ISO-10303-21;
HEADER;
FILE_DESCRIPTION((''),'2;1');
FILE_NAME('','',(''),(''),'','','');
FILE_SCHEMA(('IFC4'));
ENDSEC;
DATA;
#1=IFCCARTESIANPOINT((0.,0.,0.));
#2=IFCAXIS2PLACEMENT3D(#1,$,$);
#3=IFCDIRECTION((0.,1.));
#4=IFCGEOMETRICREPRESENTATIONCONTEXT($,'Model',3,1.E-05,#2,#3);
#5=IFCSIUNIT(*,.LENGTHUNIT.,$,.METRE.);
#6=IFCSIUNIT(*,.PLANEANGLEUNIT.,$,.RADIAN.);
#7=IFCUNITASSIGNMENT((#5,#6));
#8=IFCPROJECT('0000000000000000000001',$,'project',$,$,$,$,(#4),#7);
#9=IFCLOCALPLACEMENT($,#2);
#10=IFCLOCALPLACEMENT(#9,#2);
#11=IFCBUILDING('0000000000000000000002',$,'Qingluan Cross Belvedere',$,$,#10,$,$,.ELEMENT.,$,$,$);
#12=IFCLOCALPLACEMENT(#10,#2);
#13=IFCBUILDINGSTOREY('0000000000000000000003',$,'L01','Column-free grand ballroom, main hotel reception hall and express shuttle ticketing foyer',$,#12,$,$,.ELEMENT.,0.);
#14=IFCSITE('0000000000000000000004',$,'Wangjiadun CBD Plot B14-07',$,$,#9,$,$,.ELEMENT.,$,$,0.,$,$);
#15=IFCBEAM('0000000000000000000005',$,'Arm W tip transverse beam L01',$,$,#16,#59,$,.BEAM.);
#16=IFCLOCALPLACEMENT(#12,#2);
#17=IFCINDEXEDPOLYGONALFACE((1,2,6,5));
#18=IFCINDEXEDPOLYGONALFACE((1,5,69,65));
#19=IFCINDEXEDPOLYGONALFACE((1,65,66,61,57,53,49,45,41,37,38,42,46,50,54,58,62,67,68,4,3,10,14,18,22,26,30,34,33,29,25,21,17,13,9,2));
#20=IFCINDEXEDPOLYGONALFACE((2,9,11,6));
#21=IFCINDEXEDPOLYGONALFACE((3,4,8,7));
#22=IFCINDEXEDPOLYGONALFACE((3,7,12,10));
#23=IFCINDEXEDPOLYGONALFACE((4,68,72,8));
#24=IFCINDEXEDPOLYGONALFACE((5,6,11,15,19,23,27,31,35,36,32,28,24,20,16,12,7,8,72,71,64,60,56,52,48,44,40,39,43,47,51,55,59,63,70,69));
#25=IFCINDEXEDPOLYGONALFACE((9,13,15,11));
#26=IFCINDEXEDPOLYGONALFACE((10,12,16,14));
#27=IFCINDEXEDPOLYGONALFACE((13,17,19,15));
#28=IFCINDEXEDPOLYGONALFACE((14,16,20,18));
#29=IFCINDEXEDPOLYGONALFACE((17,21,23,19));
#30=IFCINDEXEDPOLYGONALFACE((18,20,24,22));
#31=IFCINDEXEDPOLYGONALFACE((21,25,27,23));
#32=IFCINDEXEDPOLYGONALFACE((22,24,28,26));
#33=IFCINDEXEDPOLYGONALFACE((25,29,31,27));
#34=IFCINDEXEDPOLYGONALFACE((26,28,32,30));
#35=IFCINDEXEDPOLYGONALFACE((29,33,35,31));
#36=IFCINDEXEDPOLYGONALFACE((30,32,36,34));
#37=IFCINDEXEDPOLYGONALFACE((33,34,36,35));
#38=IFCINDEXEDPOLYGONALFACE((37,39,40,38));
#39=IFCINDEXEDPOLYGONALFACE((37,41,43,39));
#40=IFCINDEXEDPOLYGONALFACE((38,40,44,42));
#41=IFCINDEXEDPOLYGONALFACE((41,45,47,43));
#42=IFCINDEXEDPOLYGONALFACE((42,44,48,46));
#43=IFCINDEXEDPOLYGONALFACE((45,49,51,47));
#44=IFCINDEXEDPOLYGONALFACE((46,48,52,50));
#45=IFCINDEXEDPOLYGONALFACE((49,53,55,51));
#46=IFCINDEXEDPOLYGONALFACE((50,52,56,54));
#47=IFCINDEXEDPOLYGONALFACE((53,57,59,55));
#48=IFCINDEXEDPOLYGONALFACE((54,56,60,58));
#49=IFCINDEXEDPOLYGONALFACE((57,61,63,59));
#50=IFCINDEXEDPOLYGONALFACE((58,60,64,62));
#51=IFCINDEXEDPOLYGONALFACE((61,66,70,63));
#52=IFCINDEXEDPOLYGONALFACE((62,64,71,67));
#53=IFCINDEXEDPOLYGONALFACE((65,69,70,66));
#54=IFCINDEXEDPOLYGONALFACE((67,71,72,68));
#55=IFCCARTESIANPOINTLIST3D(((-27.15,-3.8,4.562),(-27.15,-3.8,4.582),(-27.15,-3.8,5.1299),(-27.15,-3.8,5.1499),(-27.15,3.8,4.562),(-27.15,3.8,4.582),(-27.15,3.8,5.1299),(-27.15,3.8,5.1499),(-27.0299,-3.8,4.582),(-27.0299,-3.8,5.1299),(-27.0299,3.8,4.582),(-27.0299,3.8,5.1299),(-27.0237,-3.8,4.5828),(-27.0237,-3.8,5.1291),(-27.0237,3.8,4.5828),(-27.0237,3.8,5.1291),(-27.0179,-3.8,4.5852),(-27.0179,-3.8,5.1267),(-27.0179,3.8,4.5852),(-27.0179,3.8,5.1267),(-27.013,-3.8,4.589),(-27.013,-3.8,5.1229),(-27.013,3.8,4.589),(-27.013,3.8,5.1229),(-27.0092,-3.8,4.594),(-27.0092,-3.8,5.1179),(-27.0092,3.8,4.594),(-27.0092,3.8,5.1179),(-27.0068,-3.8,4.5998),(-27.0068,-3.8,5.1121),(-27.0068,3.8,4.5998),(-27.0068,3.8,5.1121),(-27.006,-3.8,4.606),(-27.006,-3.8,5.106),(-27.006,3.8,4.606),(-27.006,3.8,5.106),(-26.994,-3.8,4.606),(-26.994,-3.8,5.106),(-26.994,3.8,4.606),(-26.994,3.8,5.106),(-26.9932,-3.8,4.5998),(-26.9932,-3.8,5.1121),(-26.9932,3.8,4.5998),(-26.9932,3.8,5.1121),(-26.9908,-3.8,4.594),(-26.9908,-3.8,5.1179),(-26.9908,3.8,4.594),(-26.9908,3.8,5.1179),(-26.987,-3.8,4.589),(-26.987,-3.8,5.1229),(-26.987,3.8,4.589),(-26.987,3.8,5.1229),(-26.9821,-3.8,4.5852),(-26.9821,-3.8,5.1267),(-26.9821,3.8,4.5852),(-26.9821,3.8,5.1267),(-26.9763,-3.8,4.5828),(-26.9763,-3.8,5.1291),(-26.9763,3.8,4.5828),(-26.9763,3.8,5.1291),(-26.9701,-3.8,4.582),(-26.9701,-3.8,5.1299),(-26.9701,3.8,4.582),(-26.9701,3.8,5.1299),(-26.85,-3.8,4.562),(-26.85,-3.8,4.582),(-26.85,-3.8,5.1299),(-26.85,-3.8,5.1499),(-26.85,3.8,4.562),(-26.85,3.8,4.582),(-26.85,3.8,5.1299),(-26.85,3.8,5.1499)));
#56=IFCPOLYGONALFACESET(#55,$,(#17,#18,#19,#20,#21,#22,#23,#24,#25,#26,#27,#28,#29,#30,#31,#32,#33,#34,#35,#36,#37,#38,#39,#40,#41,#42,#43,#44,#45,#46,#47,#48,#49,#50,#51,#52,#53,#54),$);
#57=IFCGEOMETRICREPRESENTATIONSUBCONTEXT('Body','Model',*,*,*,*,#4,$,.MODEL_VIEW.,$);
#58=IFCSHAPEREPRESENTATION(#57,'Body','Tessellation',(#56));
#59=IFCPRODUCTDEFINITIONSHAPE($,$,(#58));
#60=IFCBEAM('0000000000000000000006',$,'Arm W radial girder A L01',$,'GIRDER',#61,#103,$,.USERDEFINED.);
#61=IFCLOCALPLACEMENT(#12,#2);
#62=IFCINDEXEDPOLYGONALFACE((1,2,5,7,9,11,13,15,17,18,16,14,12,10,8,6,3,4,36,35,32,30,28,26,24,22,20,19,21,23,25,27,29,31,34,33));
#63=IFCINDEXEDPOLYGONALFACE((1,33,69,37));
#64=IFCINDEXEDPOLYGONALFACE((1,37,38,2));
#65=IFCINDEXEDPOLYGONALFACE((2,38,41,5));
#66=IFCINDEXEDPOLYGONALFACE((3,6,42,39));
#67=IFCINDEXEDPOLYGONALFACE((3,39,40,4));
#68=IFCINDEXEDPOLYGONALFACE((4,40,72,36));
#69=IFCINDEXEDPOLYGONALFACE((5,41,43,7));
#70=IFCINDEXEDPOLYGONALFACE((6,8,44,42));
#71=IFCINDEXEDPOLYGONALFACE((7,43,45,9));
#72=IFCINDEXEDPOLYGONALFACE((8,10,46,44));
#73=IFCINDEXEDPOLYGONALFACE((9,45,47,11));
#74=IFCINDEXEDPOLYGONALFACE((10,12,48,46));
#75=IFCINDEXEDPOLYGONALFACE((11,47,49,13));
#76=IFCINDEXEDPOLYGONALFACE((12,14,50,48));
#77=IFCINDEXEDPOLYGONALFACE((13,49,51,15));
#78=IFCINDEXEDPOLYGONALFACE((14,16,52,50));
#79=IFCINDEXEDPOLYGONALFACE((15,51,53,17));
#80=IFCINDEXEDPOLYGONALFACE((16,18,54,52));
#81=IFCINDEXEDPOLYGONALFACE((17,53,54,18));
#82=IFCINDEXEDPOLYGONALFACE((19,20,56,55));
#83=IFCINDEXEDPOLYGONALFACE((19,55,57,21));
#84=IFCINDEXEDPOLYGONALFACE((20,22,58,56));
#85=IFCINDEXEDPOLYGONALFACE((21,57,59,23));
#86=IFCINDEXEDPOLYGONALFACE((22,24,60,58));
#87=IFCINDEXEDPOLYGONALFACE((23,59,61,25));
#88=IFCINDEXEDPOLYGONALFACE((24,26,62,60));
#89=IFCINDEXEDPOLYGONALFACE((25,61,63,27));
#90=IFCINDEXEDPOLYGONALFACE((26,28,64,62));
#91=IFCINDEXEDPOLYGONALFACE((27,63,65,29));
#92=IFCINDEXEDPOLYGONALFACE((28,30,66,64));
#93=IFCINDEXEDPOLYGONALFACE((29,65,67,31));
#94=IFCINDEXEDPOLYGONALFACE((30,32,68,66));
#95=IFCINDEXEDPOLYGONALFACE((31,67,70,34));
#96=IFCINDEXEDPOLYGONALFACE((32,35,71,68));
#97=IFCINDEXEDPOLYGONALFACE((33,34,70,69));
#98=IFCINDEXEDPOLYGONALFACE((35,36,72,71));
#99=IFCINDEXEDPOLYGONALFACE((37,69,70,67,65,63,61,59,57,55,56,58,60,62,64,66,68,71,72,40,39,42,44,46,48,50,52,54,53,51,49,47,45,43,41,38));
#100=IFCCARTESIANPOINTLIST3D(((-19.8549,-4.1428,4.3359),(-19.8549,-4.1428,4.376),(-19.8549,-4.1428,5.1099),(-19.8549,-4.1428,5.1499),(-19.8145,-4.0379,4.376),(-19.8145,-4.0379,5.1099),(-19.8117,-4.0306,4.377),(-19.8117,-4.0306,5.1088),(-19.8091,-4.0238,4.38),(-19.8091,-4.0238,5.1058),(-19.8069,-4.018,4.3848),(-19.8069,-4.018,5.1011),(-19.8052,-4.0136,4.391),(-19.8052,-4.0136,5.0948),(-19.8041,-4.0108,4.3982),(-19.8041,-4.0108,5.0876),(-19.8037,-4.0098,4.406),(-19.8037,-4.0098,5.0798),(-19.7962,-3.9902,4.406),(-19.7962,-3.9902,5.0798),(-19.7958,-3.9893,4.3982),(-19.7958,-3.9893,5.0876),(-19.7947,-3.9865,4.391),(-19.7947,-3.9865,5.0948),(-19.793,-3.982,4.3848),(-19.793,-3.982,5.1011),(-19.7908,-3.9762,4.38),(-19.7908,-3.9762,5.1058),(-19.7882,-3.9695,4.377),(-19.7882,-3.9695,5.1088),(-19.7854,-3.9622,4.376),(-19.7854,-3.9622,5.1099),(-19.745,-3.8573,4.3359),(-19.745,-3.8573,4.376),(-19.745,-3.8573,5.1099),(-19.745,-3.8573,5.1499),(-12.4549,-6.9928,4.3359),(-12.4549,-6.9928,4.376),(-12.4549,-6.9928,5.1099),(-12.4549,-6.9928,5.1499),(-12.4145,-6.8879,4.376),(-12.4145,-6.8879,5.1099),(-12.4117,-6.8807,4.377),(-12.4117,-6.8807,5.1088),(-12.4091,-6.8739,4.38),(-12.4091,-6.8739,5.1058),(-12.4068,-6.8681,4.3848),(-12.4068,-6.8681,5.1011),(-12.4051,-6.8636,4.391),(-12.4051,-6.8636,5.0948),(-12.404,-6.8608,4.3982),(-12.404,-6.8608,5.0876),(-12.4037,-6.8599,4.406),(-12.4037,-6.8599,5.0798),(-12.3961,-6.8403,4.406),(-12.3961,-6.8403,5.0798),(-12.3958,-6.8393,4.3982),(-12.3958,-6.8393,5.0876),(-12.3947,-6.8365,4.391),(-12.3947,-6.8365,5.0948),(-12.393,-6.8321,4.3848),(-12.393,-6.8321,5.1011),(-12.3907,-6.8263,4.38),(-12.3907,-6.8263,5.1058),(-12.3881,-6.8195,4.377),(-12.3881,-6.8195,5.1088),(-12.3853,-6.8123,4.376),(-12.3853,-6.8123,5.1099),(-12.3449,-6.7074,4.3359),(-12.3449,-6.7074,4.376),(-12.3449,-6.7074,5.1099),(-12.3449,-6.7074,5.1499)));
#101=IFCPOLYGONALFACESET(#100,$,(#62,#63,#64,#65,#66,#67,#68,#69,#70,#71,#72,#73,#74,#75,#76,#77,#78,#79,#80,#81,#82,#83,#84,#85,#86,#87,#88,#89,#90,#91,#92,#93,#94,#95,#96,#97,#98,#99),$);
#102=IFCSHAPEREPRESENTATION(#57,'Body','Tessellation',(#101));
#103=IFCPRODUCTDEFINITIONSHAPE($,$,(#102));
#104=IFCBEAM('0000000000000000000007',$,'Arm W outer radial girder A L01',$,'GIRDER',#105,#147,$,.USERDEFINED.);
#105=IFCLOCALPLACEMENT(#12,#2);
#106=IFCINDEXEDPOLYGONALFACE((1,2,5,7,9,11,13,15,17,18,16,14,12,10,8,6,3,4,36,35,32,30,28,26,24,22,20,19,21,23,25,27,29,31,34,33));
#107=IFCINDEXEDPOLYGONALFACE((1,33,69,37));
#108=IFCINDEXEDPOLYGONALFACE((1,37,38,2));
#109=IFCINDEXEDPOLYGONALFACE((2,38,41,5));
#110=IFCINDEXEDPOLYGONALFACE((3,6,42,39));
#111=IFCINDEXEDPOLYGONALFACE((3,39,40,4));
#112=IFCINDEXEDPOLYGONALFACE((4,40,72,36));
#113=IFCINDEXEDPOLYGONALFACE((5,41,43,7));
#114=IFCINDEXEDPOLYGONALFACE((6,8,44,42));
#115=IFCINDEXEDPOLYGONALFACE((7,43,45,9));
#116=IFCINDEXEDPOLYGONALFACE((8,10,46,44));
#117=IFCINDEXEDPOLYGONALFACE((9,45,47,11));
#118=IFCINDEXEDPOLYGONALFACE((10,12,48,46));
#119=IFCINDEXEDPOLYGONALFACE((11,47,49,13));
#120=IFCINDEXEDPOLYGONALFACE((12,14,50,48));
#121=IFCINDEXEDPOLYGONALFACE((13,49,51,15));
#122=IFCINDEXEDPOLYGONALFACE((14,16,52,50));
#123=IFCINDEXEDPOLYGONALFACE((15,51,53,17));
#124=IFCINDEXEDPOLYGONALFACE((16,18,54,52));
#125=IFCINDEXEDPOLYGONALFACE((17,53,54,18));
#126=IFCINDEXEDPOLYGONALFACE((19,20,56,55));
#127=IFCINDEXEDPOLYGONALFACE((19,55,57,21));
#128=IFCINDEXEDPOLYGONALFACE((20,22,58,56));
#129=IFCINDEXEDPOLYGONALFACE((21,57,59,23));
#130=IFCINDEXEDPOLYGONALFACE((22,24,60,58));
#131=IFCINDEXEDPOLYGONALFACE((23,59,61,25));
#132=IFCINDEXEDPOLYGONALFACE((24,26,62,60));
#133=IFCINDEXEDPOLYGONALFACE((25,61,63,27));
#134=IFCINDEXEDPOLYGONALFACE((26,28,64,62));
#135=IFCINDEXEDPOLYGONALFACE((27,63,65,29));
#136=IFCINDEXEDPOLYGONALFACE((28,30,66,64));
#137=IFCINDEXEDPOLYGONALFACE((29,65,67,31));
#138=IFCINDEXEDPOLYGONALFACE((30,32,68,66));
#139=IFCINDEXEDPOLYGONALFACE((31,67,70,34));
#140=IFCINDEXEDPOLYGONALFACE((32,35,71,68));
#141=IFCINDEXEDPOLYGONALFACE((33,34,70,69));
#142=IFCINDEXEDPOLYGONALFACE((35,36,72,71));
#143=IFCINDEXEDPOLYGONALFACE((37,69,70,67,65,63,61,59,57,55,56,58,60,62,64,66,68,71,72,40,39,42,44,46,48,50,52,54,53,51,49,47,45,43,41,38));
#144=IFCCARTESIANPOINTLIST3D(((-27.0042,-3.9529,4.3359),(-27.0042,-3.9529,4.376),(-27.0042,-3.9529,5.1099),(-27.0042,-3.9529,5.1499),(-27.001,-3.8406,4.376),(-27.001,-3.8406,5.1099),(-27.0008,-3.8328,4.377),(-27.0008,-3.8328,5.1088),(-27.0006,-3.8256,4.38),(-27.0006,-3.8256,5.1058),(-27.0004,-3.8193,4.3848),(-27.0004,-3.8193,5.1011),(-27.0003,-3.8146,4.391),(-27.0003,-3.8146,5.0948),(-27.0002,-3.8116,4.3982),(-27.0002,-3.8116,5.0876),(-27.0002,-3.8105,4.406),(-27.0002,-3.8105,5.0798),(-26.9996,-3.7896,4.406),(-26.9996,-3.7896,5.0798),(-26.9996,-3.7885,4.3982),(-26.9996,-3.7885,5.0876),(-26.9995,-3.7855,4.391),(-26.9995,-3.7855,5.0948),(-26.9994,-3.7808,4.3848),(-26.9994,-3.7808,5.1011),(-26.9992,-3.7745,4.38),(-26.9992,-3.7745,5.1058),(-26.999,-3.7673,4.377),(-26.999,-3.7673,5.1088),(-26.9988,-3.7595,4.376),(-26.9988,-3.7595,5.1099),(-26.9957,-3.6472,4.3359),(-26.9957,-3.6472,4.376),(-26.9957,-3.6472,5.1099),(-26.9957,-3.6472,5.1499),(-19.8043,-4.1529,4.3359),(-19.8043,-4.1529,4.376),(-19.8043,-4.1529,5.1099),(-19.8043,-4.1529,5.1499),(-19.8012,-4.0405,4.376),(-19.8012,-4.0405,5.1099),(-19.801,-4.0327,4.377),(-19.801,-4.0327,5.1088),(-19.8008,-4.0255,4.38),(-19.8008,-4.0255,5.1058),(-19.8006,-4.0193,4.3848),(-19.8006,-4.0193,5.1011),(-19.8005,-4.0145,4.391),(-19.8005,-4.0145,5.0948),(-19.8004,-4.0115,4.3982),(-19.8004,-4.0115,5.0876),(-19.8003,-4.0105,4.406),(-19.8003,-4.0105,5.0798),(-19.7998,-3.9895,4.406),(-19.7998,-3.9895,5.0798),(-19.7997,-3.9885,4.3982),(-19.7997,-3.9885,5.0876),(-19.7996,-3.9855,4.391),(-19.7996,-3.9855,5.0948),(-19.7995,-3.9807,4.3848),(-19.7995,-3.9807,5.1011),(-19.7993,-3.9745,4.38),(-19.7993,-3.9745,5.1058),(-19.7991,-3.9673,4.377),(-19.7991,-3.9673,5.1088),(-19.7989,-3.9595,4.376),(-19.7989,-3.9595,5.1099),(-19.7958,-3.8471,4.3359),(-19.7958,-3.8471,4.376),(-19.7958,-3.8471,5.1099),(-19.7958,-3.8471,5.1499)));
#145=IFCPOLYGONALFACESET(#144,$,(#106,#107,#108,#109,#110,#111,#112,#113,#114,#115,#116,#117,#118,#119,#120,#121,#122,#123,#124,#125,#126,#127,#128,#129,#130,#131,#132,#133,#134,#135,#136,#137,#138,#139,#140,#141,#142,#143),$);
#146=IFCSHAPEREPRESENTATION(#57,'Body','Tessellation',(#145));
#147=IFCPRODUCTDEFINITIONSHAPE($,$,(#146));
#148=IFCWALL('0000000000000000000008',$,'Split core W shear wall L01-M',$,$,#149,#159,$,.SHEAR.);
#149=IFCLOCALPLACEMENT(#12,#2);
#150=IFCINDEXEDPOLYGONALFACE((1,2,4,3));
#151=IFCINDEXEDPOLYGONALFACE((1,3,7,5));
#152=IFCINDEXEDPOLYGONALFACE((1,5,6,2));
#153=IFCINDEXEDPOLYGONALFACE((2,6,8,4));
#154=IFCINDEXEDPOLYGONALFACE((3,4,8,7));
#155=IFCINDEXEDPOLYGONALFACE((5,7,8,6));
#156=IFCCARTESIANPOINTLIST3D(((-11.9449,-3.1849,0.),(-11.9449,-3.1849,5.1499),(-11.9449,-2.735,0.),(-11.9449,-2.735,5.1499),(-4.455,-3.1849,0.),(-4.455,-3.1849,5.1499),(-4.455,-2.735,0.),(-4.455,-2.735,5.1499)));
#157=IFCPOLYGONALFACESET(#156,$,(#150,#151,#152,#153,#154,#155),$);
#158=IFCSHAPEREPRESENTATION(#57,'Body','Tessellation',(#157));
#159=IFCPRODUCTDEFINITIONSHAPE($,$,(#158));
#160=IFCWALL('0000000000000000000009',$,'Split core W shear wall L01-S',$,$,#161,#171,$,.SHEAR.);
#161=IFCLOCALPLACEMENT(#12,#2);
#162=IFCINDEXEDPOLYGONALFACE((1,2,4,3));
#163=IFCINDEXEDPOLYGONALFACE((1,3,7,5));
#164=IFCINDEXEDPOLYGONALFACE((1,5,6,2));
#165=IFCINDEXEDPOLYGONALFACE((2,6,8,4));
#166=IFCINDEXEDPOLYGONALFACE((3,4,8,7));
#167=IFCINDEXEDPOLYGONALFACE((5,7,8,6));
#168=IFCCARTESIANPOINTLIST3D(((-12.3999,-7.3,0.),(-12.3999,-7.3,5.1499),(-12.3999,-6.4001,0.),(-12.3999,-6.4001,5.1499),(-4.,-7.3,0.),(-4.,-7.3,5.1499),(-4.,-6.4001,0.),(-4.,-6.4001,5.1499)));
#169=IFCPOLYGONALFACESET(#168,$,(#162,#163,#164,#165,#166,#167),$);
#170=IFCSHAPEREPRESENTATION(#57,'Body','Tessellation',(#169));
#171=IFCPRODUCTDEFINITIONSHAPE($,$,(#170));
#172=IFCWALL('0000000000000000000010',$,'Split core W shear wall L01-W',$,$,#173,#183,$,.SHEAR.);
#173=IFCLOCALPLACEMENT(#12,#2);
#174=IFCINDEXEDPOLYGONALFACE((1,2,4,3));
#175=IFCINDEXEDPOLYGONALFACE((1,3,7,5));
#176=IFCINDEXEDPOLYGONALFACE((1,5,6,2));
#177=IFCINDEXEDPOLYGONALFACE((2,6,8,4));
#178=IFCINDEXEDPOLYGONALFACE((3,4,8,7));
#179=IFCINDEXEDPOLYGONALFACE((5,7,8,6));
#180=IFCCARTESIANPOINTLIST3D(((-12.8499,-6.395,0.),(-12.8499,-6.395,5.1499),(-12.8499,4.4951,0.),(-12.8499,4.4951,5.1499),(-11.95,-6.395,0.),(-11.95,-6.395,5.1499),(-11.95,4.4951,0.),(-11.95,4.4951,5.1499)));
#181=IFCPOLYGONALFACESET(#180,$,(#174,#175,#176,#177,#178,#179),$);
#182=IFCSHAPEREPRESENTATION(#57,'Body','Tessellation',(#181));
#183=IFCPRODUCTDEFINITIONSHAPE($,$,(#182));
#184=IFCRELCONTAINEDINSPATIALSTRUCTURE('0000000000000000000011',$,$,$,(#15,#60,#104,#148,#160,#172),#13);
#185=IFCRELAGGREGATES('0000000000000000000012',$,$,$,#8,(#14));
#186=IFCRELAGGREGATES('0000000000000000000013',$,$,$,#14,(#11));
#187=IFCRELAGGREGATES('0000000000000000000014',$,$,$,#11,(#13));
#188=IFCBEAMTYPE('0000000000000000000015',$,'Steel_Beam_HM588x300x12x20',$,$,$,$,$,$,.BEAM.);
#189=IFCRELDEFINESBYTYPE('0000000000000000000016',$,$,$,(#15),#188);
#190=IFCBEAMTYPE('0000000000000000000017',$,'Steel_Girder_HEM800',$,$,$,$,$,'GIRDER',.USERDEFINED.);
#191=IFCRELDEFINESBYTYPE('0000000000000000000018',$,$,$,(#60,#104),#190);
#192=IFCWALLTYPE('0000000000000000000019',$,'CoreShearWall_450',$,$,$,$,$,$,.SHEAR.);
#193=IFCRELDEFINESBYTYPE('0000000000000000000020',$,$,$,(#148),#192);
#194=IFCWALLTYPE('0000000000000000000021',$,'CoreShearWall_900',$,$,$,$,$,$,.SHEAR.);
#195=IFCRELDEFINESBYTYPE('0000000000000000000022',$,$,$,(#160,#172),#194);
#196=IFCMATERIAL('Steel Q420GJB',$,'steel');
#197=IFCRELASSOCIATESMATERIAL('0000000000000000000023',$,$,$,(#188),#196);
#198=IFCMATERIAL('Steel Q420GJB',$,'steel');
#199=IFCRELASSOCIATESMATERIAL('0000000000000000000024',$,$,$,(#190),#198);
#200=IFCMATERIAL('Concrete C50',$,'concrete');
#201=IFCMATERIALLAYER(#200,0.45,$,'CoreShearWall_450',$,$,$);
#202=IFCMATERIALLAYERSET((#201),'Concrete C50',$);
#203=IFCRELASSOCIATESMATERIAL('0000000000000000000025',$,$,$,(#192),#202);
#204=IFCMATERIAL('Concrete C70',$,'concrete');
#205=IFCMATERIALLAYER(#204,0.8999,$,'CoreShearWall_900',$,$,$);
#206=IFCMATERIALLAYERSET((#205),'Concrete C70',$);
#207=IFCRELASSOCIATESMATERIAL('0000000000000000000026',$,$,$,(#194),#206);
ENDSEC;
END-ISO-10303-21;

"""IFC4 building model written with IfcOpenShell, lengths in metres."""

from ifc_helpers import new_model, si_unit, direction, frame, frame_2d, origin, origin_2d, place, context, subcontext, project, spatial, rectangle, i_section, extrude, material, layer, layer_set, material_profile, profile_set, type_object, element, save


model = new_model("IFC4")

# Units and contexts
model_context = context("Model", 3, precision=1e-05, world=origin(), true_north=direction((0.0, 1.0)))
body_context = subcontext(model_context, "Body", "Model", "MODEL_VIEW")
ifc_project = project(units=[si_unit("LENGTHUNIT", "METRE"), si_unit("PLANEANGLEUNIT", "RADIAN")], contexts=[model_context])

# Site, building, storey
site_placement = place(None, origin())
site = spatial("IfcSite", under=ifc_project, at=site_placement, Name="Wangjiadun CBD Plot B14-07", CompositionType="ELEMENT", RefElevation=0.0)
building_placement = place(site_placement, origin())
building = spatial("IfcBuilding", under=site, at=building_placement, Name="Qingluan Cross Belvedere", CompositionType="ELEMENT")
storey_placement = place(building_placement, origin())
storey = spatial("IfcBuildingStorey", under=building, at=storey_placement, Name="L01", Description="Column-free grand ballroom, main hotel reception hall and express shuttle ticketing foyer", CompositionType="ELEMENT", Elevation=0.0)

# Beams
ifc_material_1 = material(Name="Steel Q420GJB", Category="steel")
ifc_material_profile_1 = material_profile(ifc_material_1, i_section(OverallWidth=0.3, OverallDepth=0.5879, WebThickness=0.012, FlangeThickness=0.02, FilletRadius=0.0239, at=origin_2d()), Name="HM588x300x12x20")
ifc_profile_set_1 = profile_set([ifc_material_profile_1], Name="Steel Q420GJB")
beam_type_1 = type_object("IfcBeamType", Name="Steel_Beam_HM588x300x12x20", PredefinedType="BEAM", material=ifc_profile_set_1)
beam_1_placement = place(storey_placement, frame((-27.0, -3.8, 4.856), z_axis=(0.0, 1.0, 0.0), x_axis=(-1.0, 0.0, 0.0)))
element("IfcBeam", 1, at=beam_1_placement, inside=storey, type_object=beam_type_1, Name="Arm W tip transverse beam L01", PredefinedType="BEAM", context=body_context, shape_type="SweptSolid", body=[
    extrude(i_section(OverallWidth=0.3, OverallDepth=0.5879, WebThickness=0.012, FlangeThickness=0.02, FilletRadius=0.0239, at=origin_2d()), origin(), (0.0, 0.0, 1.0), 7.6001),
])
ifc_material_2 = material(Name="Steel Q420GJB", Category="steel")
ifc_material_profile_2 = material_profile(ifc_material_2, i_section(OverallWidth=0.3059, OverallDepth=0.814, WebThickness=0.021, FlangeThickness=0.04, FilletRadius=0.03, at=origin_2d()), Name="HEM800")
ifc_profile_set_2 = profile_set([ifc_material_profile_2], Name="Steel Q420GJB")
beam_type_2 = type_object("IfcBeamType", Name="Steel_Girder_HEM800", ElementType="GIRDER", PredefinedType="USERDEFINED", material=ifc_profile_set_2)
beam_2_placement = place(storey_placement, frame((-12.3999, -6.8501, 4.7429), z_axis=(-0.933181, 0.359406, 0.0), x_axis=(-0.359406, -0.933181, 0.0)))
element("IfcBeam", 2, at=beam_2_placement, inside=storey, type_object=beam_type_2, Name="Arm W radial girder A L01", ObjectType="GIRDER", PredefinedType="USERDEFINED", context=body_context, shape_type="SweptSolid", body=[
    extrude(i_section(OverallWidth=0.3059, OverallDepth=0.814, WebThickness=0.021, FlangeThickness=0.04, FilletRadius=0.03, at=origin_2d()), origin(), (0.0, 0.0, 1.0), 7.9299),
])
beam_3_placement = place(storey_placement, frame((-19.8, -4.0, 4.7429), z_axis=(-0.999615, 0.02776, 0.0), x_axis=(-0.02776, -0.999615, 0.0)))
element("IfcBeam", 3, at=beam_3_placement, inside=storey, type_object=beam_type_2, Name="Arm W outer radial girder A L01", ObjectType="GIRDER", PredefinedType="USERDEFINED", context=body_context, shape_type="SweptSolid", body=[
    extrude(i_section(OverallWidth=0.3059, OverallDepth=0.814, WebThickness=0.021, FlangeThickness=0.04, FilletRadius=0.03, at=origin_2d()), origin(), (0.0, 0.0, 1.0), 7.2026),
])

# Walls
ifc_material_3 = material(Name="Concrete C50", Category="concrete")
ifc_layer_1 = layer(ifc_material_3, 0.45, Name="CoreShearWall_450")
ifc_layer_set_1 = layer_set([ifc_layer_1], Name="Concrete C50")
wall_type_1 = type_object("IfcWallType", Name="CoreShearWall_450", PredefinedType="SHEAR", material=ifc_layer_set_1)
wall_1_placement = place(storey_placement, frame((-11.9451, -2.96, 0.0), z_axis=(0.0, 0.0, 1.0), x_axis=(1.0, 0.0, 0.0)))
element("IfcWall", 4, at=wall_1_placement, inside=storey, type_object=wall_type_1, Name="Split core W shear wall L01-M", PredefinedType="SHEAR", context=body_context, shape_type="SweptSolid", body=[
    extrude(rectangle(XDim=7.49, YDim=0.45, at=frame_2d((3.7451, 0.0))), origin(), (0.0, 0.0, 1.0), 5.1499),
])
ifc_material_4 = material(Name="Concrete C70", Category="concrete")
ifc_layer_2 = layer(ifc_material_4, 0.8999, Name="CoreShearWall_900")
ifc_layer_set_2 = layer_set([ifc_layer_2], Name="Concrete C70")
wall_type_2 = type_object("IfcWallType", Name="CoreShearWall_900", PredefinedType="SHEAR", material=ifc_layer_set_2)
wall_2_placement = place(storey_placement, frame((-12.3999, -6.8501, 0.0), z_axis=(0.0, 0.0, 1.0), x_axis=(1.0, 0.0, 0.0)))
element("IfcWall", 5, at=wall_2_placement, inside=storey, type_object=wall_type_2, Name="Split core W shear wall L01-S", PredefinedType="SHEAR", context=body_context, shape_type="SweptSolid", body=[
    extrude(rectangle(XDim=8.3999, YDim=0.8999, at=frame_2d((4.2, 0.0))), origin(), (0.0, 0.0, 1.0), 5.1499),
])
wall_3_placement = place(storey_placement, frame((-12.3999, -6.395, 0.0), z_axis=(0.0, 0.0, 1.0), x_axis=(0.0, 1.0, 0.0)))
element("IfcWall", 6, at=wall_3_placement, inside=storey, type_object=wall_type_2, Name="Split core W shear wall L01-W", PredefinedType="SHEAR", context=body_context, shape_type="SweptSolid", body=[
    extrude(rectangle(XDim=10.8901, YDim=0.8999, at=frame_2d((5.4451, 0.0))), origin(), (0.0, 0.0, 1.0), 5.1499),
])

save(model, "model.ifc")
